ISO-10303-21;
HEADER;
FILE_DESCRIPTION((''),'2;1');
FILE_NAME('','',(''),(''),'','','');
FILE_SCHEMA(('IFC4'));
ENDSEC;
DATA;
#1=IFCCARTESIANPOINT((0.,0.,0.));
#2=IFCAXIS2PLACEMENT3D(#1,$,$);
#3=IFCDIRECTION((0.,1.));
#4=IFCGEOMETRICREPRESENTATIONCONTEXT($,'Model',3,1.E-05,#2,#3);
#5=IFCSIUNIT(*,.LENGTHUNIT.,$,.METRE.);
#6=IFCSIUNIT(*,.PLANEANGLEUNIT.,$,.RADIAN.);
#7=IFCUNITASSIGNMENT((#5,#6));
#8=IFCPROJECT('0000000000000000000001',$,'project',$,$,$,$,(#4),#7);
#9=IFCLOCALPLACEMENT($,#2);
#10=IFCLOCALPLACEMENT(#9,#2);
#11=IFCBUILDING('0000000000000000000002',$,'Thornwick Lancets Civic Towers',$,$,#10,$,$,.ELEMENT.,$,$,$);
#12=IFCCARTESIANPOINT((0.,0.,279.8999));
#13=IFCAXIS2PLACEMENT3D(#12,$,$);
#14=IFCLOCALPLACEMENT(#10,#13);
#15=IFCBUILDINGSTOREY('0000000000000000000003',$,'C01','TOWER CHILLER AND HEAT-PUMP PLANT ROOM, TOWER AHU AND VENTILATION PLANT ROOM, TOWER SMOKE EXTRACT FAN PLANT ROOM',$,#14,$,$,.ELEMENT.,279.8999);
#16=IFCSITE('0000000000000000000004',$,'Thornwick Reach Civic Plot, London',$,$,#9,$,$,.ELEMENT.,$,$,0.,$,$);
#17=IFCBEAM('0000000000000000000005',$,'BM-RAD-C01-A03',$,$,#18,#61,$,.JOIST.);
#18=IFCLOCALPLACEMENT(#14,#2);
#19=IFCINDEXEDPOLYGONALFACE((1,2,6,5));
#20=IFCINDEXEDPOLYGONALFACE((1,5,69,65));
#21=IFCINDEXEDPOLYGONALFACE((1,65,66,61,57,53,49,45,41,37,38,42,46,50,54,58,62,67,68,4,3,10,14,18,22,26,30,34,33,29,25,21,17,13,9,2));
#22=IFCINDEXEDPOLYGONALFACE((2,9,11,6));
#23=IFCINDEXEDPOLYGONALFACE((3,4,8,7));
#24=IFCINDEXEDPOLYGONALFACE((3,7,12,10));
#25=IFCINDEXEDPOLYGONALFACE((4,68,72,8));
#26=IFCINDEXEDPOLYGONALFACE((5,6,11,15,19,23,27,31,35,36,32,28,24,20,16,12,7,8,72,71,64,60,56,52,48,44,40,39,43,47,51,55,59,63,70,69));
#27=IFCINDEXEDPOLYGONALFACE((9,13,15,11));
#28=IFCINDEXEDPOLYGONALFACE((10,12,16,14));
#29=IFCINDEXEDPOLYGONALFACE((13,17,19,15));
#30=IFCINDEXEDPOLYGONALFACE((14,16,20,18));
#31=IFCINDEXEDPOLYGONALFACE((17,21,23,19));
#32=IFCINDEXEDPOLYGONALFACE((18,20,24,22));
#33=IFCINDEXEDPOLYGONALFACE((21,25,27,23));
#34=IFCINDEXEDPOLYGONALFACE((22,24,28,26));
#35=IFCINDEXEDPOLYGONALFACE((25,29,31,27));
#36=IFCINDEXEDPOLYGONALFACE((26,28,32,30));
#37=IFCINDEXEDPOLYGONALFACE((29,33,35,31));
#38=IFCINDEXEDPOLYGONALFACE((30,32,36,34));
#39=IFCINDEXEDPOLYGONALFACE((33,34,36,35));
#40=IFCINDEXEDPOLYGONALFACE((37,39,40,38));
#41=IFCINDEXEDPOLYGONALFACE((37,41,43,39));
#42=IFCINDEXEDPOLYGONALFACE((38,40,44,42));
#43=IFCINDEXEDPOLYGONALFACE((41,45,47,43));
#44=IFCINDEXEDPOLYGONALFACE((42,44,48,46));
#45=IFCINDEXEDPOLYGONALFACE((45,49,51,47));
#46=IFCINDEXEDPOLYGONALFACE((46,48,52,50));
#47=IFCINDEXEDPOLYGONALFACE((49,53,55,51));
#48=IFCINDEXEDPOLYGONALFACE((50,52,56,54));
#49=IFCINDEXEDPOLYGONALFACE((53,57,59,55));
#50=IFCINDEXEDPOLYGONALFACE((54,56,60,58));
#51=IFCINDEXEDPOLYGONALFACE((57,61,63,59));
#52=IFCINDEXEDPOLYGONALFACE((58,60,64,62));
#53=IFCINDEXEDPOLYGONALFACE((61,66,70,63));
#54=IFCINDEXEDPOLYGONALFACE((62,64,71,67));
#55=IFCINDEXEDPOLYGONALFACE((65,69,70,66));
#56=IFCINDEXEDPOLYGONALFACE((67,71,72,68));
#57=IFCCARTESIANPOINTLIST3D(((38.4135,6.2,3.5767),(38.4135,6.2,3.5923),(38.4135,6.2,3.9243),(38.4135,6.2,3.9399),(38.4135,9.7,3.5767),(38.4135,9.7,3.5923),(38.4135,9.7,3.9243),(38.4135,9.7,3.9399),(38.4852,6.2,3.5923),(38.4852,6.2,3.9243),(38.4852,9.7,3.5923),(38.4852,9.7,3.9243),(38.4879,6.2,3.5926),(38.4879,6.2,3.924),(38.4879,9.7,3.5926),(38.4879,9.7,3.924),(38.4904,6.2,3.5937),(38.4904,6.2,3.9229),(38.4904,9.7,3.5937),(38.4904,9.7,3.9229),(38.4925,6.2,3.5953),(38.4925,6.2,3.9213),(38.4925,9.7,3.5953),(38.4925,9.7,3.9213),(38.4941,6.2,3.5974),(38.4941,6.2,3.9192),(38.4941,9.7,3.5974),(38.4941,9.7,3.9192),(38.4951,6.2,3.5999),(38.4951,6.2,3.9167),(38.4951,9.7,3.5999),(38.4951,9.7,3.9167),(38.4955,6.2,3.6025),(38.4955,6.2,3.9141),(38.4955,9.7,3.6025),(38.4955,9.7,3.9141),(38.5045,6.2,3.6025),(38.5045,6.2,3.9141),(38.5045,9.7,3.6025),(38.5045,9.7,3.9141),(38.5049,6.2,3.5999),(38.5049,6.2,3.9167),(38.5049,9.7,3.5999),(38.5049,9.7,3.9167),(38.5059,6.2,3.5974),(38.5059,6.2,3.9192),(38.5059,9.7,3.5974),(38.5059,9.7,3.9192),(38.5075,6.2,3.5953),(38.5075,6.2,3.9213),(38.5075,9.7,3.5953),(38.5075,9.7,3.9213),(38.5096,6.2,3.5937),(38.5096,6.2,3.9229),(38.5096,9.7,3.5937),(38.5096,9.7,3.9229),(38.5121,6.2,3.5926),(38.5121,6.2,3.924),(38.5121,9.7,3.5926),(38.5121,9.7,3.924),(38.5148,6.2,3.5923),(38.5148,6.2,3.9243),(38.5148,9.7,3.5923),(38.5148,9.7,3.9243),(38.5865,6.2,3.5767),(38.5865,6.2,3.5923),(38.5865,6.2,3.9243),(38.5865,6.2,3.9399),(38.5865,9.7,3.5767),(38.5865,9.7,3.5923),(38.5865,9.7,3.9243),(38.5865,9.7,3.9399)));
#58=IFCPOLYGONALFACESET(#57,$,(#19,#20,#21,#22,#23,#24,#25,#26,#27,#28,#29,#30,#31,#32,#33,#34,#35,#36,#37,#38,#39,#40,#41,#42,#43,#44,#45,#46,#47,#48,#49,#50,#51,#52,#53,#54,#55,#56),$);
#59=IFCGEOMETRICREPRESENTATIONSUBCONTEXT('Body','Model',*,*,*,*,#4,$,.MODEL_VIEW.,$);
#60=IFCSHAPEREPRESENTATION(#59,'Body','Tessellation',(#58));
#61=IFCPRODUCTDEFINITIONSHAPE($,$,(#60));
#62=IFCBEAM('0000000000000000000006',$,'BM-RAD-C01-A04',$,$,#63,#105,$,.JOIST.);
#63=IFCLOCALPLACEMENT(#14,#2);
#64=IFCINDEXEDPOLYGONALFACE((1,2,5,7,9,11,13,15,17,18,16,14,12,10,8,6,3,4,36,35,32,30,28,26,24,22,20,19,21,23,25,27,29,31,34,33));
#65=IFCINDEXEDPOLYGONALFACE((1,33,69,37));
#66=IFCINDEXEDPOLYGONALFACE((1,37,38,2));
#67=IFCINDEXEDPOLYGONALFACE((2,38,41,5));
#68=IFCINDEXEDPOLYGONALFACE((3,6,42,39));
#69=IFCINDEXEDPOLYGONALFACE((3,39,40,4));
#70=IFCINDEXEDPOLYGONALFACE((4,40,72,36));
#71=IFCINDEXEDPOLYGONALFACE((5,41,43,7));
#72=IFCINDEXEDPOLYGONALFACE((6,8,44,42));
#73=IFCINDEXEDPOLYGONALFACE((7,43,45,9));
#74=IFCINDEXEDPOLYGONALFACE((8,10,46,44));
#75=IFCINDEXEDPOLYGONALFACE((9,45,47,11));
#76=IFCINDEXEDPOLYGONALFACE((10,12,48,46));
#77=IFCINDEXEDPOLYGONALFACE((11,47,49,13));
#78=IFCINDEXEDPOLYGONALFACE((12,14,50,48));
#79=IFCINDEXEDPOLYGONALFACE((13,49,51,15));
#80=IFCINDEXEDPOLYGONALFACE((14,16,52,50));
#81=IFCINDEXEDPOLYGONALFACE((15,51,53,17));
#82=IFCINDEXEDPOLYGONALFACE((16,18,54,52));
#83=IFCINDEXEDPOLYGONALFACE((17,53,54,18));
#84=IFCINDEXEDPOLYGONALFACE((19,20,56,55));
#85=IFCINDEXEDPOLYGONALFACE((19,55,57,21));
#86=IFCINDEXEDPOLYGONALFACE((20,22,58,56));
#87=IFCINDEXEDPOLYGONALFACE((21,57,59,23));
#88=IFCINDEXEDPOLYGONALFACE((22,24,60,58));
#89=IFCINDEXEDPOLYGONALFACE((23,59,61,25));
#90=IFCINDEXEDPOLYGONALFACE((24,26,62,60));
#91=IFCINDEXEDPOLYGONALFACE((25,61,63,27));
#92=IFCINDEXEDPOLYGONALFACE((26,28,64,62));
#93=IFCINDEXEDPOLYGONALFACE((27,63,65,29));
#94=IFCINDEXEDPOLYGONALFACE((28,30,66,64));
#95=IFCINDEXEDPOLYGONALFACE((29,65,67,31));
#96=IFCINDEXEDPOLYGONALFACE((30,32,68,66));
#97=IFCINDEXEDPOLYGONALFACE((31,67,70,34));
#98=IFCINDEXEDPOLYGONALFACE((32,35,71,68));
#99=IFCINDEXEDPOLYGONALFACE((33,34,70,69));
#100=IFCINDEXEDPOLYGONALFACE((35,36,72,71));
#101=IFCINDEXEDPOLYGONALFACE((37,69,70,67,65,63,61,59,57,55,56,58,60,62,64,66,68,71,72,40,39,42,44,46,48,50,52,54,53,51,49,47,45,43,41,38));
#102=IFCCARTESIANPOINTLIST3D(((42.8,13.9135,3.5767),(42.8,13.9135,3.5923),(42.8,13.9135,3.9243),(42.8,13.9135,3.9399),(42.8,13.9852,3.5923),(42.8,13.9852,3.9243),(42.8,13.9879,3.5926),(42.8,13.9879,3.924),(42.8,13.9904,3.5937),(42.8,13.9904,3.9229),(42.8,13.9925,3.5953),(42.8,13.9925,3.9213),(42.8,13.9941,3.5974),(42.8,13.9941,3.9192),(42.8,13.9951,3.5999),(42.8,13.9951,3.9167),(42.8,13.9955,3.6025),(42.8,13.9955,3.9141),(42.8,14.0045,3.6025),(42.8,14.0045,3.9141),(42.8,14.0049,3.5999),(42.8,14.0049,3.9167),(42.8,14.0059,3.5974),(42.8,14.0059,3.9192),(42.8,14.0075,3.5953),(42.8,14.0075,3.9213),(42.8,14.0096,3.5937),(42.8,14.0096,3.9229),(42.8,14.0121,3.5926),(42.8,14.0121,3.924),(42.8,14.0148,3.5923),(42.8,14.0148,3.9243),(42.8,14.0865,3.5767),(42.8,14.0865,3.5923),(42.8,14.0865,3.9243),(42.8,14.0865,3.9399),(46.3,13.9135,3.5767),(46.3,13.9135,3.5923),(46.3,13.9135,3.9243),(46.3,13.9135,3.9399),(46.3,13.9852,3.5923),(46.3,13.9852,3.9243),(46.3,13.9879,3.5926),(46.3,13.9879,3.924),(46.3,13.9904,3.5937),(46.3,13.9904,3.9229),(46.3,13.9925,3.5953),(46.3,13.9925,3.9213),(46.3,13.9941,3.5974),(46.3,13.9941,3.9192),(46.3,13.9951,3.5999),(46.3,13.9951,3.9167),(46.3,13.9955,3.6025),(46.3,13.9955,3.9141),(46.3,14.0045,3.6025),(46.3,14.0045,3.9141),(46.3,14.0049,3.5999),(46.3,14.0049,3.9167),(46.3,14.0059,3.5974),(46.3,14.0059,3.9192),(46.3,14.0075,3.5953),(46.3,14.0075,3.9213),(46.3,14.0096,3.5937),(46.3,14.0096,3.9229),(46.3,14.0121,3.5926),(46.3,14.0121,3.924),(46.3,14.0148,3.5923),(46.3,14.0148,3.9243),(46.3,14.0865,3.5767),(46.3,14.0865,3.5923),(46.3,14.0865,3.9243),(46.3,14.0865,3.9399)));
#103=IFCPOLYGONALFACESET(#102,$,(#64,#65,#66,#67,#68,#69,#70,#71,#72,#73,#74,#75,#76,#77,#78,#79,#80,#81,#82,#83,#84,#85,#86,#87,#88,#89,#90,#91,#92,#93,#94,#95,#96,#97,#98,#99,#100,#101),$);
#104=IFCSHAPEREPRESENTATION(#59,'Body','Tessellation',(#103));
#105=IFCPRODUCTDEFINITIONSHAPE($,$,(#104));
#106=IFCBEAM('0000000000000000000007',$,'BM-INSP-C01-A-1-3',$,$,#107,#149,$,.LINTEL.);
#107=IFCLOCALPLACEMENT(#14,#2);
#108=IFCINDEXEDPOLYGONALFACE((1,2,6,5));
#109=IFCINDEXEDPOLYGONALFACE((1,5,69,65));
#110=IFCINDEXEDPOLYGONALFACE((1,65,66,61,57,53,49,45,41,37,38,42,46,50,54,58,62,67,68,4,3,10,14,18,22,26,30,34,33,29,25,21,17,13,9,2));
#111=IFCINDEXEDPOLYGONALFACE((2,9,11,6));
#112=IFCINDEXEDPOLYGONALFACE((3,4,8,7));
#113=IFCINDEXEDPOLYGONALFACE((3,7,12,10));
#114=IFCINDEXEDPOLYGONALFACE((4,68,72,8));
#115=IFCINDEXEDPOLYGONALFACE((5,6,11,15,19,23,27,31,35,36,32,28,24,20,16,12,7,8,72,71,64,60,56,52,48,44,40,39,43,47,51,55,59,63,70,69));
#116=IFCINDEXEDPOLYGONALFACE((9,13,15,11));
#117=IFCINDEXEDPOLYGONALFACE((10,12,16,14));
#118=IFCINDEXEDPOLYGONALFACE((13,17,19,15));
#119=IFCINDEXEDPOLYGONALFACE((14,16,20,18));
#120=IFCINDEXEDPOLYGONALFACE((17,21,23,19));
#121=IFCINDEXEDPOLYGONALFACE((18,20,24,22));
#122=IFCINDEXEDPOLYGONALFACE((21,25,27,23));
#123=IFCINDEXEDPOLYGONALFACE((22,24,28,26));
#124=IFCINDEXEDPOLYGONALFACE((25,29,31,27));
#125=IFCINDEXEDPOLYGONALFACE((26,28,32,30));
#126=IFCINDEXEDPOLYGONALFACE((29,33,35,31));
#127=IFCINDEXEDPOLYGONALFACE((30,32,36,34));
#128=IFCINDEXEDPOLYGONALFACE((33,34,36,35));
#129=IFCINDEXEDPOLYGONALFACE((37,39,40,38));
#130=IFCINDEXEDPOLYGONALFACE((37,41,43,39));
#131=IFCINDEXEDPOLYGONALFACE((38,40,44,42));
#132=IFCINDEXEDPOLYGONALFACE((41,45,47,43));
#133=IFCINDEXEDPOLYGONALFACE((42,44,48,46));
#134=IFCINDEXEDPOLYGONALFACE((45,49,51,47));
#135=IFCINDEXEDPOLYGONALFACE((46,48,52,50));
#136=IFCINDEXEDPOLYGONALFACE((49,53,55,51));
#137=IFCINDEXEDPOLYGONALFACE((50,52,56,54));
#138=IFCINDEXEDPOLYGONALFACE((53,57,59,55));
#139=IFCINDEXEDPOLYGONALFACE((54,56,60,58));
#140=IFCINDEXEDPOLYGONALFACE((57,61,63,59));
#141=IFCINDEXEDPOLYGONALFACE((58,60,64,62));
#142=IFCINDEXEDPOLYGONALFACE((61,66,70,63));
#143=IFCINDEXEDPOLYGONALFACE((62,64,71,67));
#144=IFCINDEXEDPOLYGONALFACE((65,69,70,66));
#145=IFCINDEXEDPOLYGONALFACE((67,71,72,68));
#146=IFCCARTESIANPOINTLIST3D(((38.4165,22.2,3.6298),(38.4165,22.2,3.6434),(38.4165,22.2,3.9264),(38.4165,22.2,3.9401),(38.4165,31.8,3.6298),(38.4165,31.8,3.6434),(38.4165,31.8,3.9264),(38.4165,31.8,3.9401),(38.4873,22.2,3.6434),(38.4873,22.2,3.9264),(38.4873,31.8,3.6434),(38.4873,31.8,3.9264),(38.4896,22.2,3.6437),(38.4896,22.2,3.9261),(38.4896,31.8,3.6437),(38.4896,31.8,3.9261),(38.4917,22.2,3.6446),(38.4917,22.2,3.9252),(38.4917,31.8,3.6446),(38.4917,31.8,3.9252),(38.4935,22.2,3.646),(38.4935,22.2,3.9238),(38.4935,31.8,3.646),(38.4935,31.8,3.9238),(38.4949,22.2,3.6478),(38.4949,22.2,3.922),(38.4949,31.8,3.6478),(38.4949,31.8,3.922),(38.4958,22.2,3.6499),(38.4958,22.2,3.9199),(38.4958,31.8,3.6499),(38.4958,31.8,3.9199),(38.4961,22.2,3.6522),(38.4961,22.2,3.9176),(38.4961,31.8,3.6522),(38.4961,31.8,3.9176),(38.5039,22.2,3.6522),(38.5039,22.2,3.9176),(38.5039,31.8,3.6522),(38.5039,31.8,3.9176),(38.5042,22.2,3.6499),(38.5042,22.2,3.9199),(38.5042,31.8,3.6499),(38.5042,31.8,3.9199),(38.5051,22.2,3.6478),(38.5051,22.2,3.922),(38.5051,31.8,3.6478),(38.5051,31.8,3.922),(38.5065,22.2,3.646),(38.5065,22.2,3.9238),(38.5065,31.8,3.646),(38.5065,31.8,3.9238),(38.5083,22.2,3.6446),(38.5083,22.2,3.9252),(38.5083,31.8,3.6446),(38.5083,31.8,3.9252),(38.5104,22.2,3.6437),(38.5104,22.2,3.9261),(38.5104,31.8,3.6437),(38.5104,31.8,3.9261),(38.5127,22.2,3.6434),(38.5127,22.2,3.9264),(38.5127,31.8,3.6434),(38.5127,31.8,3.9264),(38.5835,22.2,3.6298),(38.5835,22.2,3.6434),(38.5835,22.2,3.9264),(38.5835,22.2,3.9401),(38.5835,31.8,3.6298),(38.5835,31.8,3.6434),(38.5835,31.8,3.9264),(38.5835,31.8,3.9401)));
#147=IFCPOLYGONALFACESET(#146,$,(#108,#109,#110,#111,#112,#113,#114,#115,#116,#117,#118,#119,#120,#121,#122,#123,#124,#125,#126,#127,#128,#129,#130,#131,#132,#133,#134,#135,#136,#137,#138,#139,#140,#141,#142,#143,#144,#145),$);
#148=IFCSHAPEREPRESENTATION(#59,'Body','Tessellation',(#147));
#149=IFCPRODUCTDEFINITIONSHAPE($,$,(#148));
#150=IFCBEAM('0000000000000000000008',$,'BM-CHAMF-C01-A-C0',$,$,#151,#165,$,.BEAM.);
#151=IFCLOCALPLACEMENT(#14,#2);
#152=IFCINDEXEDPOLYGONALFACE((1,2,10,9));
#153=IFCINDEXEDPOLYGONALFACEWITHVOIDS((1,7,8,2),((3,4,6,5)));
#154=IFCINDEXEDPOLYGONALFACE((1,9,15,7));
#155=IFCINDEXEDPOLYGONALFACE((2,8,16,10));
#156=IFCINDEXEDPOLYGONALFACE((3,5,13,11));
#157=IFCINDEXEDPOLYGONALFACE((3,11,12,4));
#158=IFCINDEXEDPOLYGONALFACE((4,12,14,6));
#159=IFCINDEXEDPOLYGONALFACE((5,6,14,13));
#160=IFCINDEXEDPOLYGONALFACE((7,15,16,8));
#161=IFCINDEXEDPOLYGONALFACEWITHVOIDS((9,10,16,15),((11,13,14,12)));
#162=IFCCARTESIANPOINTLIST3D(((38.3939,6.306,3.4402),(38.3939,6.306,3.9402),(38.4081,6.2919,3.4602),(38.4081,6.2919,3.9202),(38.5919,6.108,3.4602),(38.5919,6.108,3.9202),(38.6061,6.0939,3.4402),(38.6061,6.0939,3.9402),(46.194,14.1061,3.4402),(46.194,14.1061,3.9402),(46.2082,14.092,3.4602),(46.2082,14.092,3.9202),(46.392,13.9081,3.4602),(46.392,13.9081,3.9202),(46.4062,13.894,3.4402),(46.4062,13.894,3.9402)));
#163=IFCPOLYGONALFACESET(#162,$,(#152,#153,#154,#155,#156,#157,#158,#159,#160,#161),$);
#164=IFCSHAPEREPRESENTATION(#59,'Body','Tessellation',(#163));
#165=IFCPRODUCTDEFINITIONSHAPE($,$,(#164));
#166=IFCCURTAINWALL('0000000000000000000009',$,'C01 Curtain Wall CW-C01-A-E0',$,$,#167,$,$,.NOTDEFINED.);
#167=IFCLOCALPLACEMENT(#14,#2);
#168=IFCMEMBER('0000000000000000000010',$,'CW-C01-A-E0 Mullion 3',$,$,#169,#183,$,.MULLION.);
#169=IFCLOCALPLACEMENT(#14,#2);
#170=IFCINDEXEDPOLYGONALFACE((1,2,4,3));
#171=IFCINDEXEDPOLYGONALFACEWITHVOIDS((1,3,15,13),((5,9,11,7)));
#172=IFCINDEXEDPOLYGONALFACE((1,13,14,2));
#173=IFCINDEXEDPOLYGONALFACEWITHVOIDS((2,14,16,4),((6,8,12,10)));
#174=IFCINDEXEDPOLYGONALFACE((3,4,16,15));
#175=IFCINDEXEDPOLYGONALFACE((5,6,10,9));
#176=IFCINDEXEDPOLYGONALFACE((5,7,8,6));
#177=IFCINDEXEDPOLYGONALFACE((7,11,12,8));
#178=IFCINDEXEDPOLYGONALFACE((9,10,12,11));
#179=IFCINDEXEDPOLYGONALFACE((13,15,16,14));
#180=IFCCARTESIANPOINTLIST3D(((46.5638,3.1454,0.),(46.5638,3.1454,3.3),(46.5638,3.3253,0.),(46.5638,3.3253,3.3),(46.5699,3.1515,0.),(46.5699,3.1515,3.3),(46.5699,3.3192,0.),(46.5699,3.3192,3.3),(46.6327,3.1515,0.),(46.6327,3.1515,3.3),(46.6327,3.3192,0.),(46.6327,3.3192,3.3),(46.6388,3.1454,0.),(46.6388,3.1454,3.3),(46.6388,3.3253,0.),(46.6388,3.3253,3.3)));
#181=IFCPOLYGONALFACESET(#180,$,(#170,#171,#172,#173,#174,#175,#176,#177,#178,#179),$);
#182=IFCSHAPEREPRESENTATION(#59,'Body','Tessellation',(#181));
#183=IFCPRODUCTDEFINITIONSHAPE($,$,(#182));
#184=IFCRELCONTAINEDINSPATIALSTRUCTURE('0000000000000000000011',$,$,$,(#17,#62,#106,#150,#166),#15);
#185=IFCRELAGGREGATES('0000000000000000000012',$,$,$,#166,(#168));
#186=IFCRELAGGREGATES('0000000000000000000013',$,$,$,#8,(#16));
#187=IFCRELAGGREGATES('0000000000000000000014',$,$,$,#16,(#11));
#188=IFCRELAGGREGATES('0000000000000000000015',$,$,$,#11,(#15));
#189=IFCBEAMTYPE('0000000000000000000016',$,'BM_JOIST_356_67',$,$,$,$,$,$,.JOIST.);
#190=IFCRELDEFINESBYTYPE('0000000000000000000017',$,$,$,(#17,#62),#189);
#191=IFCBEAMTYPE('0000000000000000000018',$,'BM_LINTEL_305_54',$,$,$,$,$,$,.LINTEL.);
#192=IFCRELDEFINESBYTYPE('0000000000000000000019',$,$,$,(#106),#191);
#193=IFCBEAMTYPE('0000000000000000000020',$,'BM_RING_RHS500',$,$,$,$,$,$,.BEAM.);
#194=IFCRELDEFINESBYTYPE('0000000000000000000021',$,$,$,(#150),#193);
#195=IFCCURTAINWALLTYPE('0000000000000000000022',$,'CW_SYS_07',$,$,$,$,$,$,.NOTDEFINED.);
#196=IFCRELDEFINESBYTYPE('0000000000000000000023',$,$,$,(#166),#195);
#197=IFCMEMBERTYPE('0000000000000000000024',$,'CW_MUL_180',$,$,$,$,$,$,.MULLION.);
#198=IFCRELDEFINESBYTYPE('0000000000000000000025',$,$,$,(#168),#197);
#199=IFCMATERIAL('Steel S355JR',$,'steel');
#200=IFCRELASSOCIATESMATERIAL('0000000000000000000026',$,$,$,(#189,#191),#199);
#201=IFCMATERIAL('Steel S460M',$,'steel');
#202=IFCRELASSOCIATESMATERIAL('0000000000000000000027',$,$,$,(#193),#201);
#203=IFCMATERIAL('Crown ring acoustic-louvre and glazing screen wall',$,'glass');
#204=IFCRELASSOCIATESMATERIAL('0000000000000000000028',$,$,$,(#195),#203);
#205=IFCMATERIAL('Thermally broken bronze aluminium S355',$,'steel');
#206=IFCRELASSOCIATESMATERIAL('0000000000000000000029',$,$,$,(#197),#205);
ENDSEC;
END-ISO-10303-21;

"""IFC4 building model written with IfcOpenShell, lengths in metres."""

from ifc_helpers import new_model, si_unit, direction, frame, origin, origin_2d, place, context, subcontext, project, spatial, hollow_rectangle, i_section, extrude, material, material_profile, profile_set, type_object, element, aggregate, save


model = new_model("IFC4")

# Units and contexts
model_context = context("Model", 3, precision=1e-05, world=origin(), true_north=direction((0.0, 1.0)))
body_context = subcontext(model_context, "Body", "Model", "MODEL_VIEW")
ifc_project = project(units=[si_unit("LENGTHUNIT", "METRE"), si_unit("PLANEANGLEUNIT", "RADIAN")], contexts=[model_context])

# Site, building, storey
site_placement = place(None, origin())
site = spatial("IfcSite", under=ifc_project, at=site_placement, Name="Thornwick Reach Civic Plot, London", CompositionType="ELEMENT", RefElevation=0.0)
building_placement = place(site_placement, origin())
building = spatial("IfcBuilding", under=site, at=building_placement, Name="Thornwick Lancets Civic Towers", CompositionType="ELEMENT")
storey_placement = place(building_placement, frame((0.0, 0.0, 279.8999)))
storey = spatial("IfcBuildingStorey", under=building, at=storey_placement, Name="C01", Description="TOWER CHILLER AND HEAT-PUMP PLANT ROOM, TOWER AHU AND VENTILATION PLANT ROOM, TOWER SMOKE EXTRACT FAN PLANT ROOM", CompositionType="ELEMENT", Elevation=279.8999)

# Shared definitions
ifc_material_1 = material(Name="Steel S355JR", Category="steel")

# Beams
ifc_material_profile_1 = material_profile(ifc_material_1, i_section(OverallWidth=0.1731, OverallDepth=0.3633, WebThickness=0.009, FlangeThickness=0.0156, FilletRadius=0.0103, at=origin_2d()), Name="UKB 356x171x67")
ifc_profile_set_1 = profile_set([ifc_material_profile_1], Name="Steel S355JR")
beam_type_1 = type_object("IfcBeamType", Name="BM_JOIST_356_67", PredefinedType="JOIST", material=ifc_profile_set_1)
for number, where, z_axis, x_axis, name in (
    (1, (38.5, 9.7, 3.7583), (0.0, -1.0, 0.0), (1.0, 0.0, 0.0), "BM-RAD-C01-A03"),
    (2, (42.8, 14.0, 3.7583), (1.0, 0.0, 0.0), (0.0, 1.0, 0.0), "BM-RAD-C01-A04"),
):
    element("IfcBeam", number, at=place(storey_placement, frame(where, z_axis=z_axis, x_axis=x_axis)), inside=storey, type_object=beam_type_1, Name=name, PredefinedType="JOIST", context=body_context, shape_type="SweptSolid", body=[
        extrude(i_section(OverallWidth=0.1731, OverallDepth=0.3633, WebThickness=0.009, FlangeThickness=0.0156, FilletRadius=0.0103, at=origin_2d()), origin(), (0.0, 0.0, 1.0), 3.5),
    ])
ifc_material_profile_2 = material_profile(ifc_material_1, i_section(OverallWidth=0.167, OverallDepth=0.3103, WebThickness=0.0078, FlangeThickness=0.0137, FilletRadius=0.0088, at=origin_2d()), Name="UKB 305x165x54")
ifc_profile_set_2 = profile_set([ifc_material_profile_2], Name="Steel S355JR")
beam_type_2 = type_object("IfcBeamType", Name="BM_LINTEL_305_54", PredefinedType="LINTEL", material=ifc_profile_set_2)
beam_1_placement = place(storey_placement, frame((38.5, 22.2, 3.7849), z_axis=(0.0, 1.0, 0.0), x_axis=(-1.0, 0.0, 0.0)))
element("IfcBeam", 3, at=beam_1_placement, inside=storey, type_object=beam_type_2, Name="BM-INSP-C01-A-1-3", PredefinedType="LINTEL", context=body_context, shape_type="SweptSolid", body=[
    extrude(i_section(OverallWidth=0.167, OverallDepth=0.3103, WebThickness=0.0078, FlangeThickness=0.0137, FilletRadius=0.0088, at=origin_2d()), origin(), (0.0, 0.0, 1.0), 9.6001),
])
ifc_material_2 = material(Name="Steel S460M", Category="steel")
ifc_material_profile_3 = material_profile(ifc_material_2, hollow_rectangle(XDim=0.3, YDim=0.5, WallThickness=0.02, at=origin_2d()), Name="RHS 500x300x20")
ifc_profile_set_3 = profile_set([ifc_material_profile_3], Name="Steel S460M")
beam_type_3 = type_object("IfcBeamType", Name="BM_RING_RHS500", PredefinedType="BEAM", material=ifc_profile_set_3)
beam_2_placement = place(storey_placement, frame((38.5, 6.2, 3.6902), z_axis=(0.707107, 0.707107, 0.0), x_axis=(-0.707107, 0.707107, 0.0)))
element("IfcBeam", 4, at=beam_2_placement, inside=storey, type_object=beam_type_3, Name="BM-CHAMF-C01-A-C0", PredefinedType="BEAM", context=body_context, shape_type="SweptSolid", body=[
    extrude(hollow_rectangle(XDim=0.3, YDim=0.5, WallThickness=0.02, at=origin_2d()), origin(), (0.0, 0.0, 1.0), 11.031),
])

# Curtain wall, member
ifc_material_3 = material(Name="Crown ring acoustic-louvre and glazing screen wall", Category="glass")
curtain_wall_type = type_object("IfcCurtainWallType", Name="CW_SYS_07", PredefinedType="NOTDEFINED", material=ifc_material_3)
curtain_wall_1_placement = place(storey_placement, origin())
curtain_wall_1 = element("IfcCurtainWall", 5, at=curtain_wall_1_placement, inside=storey, type_object=curtain_wall_type, Name="C01 Curtain Wall CW-C01-A-E0", PredefinedType="NOTDEFINED")
ifc_material_4 = material(Name="Thermally broken bronze aluminium S355", Category="steel")
ifc_material_profile_4 = material_profile(ifc_material_4, hollow_rectangle(XDim=0.075, YDim=0.1799, WallThickness=0.0061, at=origin_2d()), Name="RHS 180x75x6")
ifc_profile_set_4 = profile_set([ifc_material_profile_4], Name="Thermally broken bronze aluminium S355")
member_type_1 = type_object("IfcMemberType", Name="CW_MUL_180", PredefinedType="MULLION", material=ifc_profile_set_4)
member_1_placement = place(storey_placement, frame((46.6013, 3.2354, 0.0), z_axis=(0.0, 0.0, 1.0), x_axis=(1.0, 0.0, 0.0)))
member_1 = element("IfcMember", 6, at=member_1_placement, type_object=member_type_1, Name="CW-C01-A-E0 Mullion 3", PredefinedType="MULLION", context=body_context, shape_type="SweptSolid", body=[
    extrude(hollow_rectangle(XDim=0.075, YDim=0.1799, WallThickness=0.0061, at=origin_2d()), origin(), (0.0, 0.0, 1.0), 3.3),
])

aggregate(curtain_wall_1, [member_1])

save(model, "model.ifc")
